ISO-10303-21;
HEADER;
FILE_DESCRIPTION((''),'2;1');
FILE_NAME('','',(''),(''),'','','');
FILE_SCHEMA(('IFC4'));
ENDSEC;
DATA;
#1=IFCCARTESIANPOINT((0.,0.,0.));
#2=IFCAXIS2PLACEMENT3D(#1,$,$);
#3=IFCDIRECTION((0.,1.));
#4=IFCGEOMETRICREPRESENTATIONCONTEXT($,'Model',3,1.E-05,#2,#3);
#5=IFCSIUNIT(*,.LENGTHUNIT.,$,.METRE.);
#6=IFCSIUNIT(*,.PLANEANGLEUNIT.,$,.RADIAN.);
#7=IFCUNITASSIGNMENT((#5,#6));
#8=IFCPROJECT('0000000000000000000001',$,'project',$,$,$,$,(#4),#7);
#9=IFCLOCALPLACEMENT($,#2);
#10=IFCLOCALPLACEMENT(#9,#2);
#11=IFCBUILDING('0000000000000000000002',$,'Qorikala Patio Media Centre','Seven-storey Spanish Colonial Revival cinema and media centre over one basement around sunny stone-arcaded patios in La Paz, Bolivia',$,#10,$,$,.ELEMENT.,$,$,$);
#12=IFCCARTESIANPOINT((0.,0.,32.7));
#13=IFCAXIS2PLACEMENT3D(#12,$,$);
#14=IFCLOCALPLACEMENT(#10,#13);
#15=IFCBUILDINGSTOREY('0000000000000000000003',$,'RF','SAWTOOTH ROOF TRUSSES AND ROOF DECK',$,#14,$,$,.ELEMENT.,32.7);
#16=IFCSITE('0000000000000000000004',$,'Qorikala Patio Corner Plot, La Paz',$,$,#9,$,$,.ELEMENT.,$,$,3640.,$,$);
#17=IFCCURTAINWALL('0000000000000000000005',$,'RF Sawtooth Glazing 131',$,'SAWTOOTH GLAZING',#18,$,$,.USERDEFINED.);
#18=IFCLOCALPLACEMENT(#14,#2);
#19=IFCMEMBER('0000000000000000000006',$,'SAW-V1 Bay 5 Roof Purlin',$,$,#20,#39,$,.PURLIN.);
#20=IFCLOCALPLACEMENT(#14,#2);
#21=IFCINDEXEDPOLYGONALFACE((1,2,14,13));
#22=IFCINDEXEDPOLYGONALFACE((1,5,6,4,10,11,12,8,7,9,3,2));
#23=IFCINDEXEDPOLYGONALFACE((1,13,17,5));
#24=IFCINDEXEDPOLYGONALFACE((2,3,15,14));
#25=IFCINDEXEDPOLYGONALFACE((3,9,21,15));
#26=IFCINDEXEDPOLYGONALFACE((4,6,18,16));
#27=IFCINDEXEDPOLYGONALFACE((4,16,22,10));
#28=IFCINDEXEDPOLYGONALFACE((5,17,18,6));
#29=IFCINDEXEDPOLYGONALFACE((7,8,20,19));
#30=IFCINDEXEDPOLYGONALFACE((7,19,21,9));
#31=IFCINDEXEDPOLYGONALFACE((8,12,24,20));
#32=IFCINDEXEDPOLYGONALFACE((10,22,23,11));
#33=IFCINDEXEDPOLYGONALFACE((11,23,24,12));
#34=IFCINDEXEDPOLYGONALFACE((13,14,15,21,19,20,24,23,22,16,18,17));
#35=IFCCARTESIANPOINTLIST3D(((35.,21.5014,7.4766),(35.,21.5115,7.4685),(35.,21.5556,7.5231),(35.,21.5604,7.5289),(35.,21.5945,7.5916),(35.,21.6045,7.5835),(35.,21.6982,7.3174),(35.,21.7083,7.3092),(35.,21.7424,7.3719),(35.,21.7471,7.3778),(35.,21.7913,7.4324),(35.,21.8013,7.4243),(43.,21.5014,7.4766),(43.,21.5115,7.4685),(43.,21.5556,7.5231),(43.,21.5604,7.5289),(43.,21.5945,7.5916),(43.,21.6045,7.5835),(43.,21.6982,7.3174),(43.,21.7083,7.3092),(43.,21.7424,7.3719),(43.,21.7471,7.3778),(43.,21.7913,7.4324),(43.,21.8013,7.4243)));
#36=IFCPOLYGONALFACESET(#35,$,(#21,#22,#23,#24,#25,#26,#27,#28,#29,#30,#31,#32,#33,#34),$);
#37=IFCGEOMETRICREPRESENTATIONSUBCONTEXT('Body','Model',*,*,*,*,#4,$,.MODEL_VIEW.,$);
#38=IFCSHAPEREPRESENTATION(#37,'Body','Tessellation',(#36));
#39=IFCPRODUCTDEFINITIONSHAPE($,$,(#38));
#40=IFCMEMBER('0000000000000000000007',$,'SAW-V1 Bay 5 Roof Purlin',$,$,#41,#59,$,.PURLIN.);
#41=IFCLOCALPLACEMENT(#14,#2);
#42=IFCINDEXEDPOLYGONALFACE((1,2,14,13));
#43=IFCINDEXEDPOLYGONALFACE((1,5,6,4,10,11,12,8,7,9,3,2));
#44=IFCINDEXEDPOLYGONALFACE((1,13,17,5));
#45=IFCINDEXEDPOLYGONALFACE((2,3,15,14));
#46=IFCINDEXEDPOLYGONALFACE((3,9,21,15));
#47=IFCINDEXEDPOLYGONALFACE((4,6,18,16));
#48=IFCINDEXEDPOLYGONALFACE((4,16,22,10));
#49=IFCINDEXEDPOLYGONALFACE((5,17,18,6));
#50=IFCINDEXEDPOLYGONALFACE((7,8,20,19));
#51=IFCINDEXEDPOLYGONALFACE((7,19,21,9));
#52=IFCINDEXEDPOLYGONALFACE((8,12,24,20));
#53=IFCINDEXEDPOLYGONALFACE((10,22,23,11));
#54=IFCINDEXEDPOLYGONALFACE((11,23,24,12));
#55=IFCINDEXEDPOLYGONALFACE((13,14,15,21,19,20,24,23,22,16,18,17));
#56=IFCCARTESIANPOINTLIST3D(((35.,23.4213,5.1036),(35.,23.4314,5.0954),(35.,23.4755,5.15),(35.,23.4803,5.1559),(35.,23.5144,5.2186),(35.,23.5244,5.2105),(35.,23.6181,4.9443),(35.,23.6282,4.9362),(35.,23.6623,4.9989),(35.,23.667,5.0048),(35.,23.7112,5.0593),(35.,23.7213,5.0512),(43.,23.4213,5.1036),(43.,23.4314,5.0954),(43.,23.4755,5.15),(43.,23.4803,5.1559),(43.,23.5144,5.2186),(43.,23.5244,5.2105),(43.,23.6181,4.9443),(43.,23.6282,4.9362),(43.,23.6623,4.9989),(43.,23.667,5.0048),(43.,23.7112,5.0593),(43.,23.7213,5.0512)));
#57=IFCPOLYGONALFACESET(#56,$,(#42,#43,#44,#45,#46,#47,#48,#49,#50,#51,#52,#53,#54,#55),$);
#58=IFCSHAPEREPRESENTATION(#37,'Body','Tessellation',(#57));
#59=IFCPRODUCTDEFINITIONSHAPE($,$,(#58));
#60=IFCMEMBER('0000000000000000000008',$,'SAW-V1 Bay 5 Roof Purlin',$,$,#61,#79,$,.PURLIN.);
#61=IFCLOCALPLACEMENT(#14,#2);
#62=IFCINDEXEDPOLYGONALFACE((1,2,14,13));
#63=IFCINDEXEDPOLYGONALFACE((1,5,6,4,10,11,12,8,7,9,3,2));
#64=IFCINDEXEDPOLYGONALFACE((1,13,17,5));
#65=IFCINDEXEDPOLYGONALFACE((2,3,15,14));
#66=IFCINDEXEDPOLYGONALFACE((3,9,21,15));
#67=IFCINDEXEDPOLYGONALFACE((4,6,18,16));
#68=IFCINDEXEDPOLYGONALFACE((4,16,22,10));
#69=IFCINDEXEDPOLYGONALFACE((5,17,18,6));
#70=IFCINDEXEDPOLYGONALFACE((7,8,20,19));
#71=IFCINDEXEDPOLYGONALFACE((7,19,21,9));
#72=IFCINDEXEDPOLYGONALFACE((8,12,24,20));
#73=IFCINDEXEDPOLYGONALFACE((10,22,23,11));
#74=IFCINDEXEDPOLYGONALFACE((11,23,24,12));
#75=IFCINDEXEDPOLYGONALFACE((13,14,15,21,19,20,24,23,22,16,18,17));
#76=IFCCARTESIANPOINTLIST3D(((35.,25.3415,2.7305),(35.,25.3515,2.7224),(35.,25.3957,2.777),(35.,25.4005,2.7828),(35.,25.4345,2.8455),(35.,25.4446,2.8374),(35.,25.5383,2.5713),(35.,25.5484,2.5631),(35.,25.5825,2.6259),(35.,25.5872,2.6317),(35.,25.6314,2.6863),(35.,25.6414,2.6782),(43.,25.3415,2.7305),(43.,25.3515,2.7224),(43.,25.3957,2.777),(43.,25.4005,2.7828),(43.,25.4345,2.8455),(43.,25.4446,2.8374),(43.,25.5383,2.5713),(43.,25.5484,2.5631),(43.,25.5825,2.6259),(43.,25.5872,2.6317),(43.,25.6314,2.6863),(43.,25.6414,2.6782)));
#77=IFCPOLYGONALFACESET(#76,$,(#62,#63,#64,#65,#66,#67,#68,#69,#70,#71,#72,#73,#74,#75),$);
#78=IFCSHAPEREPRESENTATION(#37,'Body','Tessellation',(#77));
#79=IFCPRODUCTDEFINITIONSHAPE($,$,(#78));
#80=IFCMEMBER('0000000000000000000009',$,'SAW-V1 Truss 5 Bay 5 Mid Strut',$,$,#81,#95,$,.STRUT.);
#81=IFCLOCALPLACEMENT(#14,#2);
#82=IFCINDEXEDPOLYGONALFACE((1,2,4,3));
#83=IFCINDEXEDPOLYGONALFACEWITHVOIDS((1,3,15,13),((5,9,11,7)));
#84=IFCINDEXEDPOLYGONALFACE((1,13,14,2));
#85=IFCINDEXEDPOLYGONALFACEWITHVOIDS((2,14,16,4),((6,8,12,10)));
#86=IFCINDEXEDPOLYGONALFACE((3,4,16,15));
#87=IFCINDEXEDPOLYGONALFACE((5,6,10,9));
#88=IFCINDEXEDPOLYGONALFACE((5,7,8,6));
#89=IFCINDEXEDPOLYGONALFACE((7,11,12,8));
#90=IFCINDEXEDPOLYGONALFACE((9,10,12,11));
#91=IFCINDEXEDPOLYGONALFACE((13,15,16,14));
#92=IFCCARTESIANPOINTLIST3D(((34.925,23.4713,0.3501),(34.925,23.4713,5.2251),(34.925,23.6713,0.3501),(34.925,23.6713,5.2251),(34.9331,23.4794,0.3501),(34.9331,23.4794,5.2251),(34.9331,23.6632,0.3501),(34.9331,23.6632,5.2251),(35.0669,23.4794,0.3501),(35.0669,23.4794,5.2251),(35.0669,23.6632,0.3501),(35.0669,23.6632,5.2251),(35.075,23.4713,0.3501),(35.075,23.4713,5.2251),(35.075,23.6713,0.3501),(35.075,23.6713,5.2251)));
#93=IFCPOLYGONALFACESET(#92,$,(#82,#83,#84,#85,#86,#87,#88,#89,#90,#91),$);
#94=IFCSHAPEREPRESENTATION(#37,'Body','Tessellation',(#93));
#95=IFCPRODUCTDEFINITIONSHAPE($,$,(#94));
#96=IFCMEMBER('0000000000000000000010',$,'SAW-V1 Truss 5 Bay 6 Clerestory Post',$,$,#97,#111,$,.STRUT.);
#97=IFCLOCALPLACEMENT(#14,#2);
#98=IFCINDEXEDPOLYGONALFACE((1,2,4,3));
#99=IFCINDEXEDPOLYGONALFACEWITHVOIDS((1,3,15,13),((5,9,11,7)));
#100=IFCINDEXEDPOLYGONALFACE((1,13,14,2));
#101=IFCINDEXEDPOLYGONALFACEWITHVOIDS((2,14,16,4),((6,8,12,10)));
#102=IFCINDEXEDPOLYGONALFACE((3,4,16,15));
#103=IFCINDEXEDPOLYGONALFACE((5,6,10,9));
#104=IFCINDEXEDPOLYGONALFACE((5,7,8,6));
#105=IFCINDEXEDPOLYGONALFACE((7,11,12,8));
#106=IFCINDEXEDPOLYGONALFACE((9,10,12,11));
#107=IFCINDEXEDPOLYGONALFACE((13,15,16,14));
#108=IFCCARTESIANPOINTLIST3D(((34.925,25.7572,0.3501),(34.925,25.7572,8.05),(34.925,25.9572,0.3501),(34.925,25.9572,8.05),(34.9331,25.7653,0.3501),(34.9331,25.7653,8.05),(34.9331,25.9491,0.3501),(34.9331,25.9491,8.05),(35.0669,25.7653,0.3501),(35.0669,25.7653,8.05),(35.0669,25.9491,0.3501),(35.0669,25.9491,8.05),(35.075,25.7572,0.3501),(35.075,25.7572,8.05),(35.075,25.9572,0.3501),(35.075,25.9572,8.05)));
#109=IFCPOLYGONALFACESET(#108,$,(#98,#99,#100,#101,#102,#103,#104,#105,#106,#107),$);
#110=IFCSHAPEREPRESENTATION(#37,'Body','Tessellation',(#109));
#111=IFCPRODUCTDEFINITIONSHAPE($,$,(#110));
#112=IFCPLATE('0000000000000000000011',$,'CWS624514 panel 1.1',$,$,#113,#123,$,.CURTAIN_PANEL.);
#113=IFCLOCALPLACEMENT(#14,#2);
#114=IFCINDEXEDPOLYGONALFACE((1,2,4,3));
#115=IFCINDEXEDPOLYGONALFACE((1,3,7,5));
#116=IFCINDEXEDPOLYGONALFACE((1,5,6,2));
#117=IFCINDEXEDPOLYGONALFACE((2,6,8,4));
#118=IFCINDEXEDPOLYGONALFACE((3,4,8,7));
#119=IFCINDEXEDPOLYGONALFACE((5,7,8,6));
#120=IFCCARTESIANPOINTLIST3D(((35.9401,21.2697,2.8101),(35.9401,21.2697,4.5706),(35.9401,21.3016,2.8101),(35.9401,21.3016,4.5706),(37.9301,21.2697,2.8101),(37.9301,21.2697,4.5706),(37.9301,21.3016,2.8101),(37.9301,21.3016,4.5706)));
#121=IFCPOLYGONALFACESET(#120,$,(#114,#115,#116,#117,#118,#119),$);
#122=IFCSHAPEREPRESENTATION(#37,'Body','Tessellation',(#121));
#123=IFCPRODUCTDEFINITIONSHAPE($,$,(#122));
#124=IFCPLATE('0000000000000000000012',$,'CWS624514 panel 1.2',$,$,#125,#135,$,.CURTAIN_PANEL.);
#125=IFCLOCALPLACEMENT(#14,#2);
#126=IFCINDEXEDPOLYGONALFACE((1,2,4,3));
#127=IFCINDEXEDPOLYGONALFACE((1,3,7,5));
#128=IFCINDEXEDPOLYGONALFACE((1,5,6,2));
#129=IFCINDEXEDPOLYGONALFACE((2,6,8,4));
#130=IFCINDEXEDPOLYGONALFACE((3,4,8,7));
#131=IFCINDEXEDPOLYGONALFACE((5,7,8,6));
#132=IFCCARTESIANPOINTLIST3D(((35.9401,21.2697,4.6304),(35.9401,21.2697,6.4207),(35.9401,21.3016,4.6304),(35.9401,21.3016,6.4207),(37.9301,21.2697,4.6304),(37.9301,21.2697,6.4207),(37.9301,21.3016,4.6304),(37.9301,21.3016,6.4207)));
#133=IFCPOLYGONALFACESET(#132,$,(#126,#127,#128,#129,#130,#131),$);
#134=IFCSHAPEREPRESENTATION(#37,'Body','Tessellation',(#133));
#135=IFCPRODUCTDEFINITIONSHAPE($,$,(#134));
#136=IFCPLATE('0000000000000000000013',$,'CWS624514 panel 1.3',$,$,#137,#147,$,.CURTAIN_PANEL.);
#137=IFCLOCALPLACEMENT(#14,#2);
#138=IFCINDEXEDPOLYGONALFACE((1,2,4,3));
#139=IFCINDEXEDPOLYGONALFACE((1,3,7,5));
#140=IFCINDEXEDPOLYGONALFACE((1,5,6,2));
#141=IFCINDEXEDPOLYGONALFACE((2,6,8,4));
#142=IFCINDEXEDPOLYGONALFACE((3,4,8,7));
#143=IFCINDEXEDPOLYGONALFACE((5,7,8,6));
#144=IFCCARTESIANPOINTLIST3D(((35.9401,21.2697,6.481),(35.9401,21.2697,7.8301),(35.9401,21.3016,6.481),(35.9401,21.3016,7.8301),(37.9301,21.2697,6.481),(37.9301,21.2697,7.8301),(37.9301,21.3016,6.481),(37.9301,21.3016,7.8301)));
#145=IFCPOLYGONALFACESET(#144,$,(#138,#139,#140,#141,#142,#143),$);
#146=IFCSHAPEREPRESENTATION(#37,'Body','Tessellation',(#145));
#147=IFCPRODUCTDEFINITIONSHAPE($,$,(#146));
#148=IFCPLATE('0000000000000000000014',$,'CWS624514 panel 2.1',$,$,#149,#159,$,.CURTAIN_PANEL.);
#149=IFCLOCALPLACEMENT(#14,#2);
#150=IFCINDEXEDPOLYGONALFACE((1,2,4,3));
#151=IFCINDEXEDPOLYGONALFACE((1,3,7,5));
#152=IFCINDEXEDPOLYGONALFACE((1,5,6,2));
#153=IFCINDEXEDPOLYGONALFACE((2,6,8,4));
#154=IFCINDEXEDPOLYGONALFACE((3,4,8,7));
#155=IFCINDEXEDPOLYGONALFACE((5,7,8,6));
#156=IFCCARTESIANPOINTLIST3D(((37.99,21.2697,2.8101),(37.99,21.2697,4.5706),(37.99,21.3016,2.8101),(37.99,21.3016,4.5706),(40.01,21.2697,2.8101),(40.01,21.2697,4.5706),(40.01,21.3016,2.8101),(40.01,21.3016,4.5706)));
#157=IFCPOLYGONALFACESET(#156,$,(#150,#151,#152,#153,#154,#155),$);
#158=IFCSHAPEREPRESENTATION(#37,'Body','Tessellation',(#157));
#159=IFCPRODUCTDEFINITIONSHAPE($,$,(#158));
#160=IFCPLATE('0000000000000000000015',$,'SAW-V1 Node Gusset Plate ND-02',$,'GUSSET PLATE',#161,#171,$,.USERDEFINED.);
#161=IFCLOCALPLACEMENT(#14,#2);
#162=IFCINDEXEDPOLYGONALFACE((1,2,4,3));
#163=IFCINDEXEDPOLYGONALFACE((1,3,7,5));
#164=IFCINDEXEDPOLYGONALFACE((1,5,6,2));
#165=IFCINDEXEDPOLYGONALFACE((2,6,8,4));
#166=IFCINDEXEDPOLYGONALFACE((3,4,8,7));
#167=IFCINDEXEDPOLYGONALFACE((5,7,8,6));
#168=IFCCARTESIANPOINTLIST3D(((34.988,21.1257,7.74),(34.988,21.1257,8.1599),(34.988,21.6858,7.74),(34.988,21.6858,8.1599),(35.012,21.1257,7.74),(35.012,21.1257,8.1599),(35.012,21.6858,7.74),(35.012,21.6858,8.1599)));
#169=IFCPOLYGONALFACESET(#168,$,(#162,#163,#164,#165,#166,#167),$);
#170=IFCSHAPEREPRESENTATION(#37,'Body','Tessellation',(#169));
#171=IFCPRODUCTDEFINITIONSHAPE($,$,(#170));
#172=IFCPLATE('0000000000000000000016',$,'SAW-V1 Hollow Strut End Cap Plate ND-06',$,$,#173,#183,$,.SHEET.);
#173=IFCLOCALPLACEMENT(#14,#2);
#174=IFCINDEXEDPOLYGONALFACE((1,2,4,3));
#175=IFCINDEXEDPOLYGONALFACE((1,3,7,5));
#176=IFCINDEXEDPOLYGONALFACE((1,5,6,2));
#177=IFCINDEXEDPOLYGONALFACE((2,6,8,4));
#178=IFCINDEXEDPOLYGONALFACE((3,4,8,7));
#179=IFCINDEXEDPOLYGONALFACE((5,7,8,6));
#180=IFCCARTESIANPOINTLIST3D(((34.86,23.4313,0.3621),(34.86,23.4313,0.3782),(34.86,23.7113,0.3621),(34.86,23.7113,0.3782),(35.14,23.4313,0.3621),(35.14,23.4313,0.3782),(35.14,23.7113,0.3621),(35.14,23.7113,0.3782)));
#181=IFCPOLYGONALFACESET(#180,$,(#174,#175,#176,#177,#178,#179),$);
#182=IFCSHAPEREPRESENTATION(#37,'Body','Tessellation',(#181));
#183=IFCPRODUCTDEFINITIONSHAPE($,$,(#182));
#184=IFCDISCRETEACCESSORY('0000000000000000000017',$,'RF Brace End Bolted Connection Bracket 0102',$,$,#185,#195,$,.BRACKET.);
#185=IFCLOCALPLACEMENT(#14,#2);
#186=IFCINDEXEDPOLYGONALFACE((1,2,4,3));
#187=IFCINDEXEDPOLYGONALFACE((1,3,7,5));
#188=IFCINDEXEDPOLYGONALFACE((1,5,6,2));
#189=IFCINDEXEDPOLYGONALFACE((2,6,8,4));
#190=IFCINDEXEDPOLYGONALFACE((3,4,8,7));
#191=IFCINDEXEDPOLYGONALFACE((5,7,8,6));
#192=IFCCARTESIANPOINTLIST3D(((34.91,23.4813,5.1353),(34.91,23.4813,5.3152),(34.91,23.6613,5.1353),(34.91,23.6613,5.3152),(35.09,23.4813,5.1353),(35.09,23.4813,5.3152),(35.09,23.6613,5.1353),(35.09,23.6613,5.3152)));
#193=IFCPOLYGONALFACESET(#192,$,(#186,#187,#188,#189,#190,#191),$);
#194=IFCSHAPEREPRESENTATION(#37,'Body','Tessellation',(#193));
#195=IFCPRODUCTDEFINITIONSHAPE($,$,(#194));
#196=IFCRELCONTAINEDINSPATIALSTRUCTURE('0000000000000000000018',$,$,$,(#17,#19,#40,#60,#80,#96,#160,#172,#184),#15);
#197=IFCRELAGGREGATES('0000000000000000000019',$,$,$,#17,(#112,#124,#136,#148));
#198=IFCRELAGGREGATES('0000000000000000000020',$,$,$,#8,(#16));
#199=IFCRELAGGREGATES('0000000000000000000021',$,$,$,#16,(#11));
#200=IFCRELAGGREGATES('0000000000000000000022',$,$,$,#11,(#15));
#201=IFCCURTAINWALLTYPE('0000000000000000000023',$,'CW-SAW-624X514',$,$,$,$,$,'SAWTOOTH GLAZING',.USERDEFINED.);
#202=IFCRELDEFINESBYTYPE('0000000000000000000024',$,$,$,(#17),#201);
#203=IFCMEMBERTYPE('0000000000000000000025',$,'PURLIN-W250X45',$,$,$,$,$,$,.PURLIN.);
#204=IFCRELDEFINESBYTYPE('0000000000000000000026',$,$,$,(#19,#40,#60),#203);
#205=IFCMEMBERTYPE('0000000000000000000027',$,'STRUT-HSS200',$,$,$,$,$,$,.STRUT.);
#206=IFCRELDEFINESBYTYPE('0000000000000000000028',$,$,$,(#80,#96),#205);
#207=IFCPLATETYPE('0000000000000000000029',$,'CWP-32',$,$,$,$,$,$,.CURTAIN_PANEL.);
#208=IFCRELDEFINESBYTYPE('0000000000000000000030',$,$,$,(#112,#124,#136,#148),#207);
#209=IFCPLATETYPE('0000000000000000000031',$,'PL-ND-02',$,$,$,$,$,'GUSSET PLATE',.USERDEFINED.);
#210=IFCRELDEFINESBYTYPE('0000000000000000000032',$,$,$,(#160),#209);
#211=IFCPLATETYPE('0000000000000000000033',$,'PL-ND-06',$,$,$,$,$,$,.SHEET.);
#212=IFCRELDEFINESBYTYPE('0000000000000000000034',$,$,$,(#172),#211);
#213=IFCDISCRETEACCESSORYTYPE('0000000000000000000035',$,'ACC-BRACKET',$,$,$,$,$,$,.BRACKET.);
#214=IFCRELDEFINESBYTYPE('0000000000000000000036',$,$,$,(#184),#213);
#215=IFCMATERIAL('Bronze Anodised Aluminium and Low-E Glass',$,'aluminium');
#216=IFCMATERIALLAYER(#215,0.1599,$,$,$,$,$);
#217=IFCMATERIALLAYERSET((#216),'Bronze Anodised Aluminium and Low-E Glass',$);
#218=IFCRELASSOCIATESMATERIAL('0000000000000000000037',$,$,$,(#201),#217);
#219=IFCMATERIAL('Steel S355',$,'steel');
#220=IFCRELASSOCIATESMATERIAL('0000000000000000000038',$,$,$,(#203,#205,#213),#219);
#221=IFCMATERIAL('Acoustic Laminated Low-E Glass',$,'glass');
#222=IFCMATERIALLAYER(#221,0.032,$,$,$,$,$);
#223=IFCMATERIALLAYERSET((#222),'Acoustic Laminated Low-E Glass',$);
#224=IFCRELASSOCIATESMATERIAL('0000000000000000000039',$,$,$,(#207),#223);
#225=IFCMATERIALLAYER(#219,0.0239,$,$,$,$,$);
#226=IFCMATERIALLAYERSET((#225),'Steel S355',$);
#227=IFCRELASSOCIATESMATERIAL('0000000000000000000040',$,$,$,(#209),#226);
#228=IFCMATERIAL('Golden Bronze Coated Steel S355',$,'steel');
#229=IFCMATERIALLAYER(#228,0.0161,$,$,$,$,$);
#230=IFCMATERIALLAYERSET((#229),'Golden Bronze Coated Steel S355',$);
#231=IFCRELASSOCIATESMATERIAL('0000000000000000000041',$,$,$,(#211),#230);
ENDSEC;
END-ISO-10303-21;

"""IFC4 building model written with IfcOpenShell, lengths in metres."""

from ifc_helpers import new_model, si_unit, direction, frame, origin, origin_2d, place, context, subcontext, project, spatial, rectangle, hollow_rectangle, i_section, extrude, material, layer, layer_set, material_profile, profile_set, type_object, element, aggregate, save


model = new_model("IFC4")

# Units and contexts
model_context = context("Model", 3, precision=1e-05, world=origin(), true_north=direction((0.0, 1.0)))
body_context = subcontext(model_context, "Body", "Model", "MODEL_VIEW")
ifc_project = project(units=[si_unit("LENGTHUNIT", "METRE"), si_unit("PLANEANGLEUNIT", "RADIAN")], contexts=[model_context])

# Site, building, storey
site_placement = place(None, origin())
site = spatial("IfcSite", under=ifc_project, at=site_placement, Name="Qorikala Patio Corner Plot, La Paz", CompositionType="ELEMENT", RefElevation=3640.0)
building_placement = place(site_placement, origin())
building = spatial("IfcBuilding", under=site, at=building_placement, Name="Qorikala Patio Media Centre", Description="Seven-storey Spanish Colonial Revival cinema and media centre over one basement around sunny stone-arcaded patios in La Paz, Bolivia", CompositionType="ELEMENT")
storey_placement = place(building_placement, frame((0.0, 0.0, 32.7)))
storey = spatial("IfcBuildingStorey", under=building, at=storey_placement, Name="RF", Description="SAWTOOTH ROOF TRUSSES AND ROOF DECK", CompositionType="ELEMENT", Elevation=32.7)

# Shared definitions
ifc_material_1 = material(Name="Steel S355", Category="steel")

# Curtain wall
ifc_material_2 = material(Name="Bronze Anodised Aluminium and Low-E Glass", Category="aluminium")
ifc_layer_1 = layer(ifc_material_2, 0.1599)
ifc_layer_set_1 = layer_set([ifc_layer_1], Name="Bronze Anodised Aluminium and Low-E Glass")
curtain_wall_type = type_object("IfcCurtainWallType", Name="CW-SAW-624X514", ElementType="SAWTOOTH GLAZING", PredefinedType="USERDEFINED", material=ifc_layer_set_1)
curtain_wall_placement = place(storey_placement, origin())
curtain_wall = element("IfcCurtainWall", 1, at=curtain_wall_placement, inside=storey, type_object=curtain_wall_type, Name="RF Sawtooth Glazing 131", ObjectType="SAWTOOTH GLAZING", PredefinedType="USERDEFINED")

# Members
ifc_material_profile_1 = material_profile(ifc_material_1, i_section(OverallWidth=0.1479, OverallDepth=0.2661, WebThickness=0.0076, FlangeThickness=0.0129, at=origin_2d()), Name="W250X45")
ifc_profile_set_1 = profile_set([ifc_material_profile_1], Name="Steel S355")
member_type_1 = type_object("IfcMemberType", Name="PURLIN-W250X45", PredefinedType="PURLIN", material=ifc_profile_set_1)
for number, where, z_axis, x_axis, name in (
    (2, (35.0, 21.6514, 7.4504), (1.0, 0.0, 0.0), (0.0, 0.628995, 0.77741), "SAW-V1 Bay 5 Roof Purlin"),
    (3, (35.0, 23.5713, 5.0774), (1.0, 0.0, 0.0), (0.0, 0.628995, 0.77741), "SAW-V1 Bay 5 Roof Purlin"),
    (4, (35.0, 25.4915, 2.7043), (1.0, 0.0, 0.0), (0.0, 0.628995, 0.77741), "SAW-V1 Bay 5 Roof Purlin"),
):
    element("IfcMember", number, at=place(storey_placement, frame(where, z_axis=z_axis, x_axis=x_axis)), inside=storey, type_object=member_type_1, Name=name, PredefinedType="PURLIN", context=body_context, shape_type="SweptSolid", body=[
        extrude(i_section(OverallWidth=0.1479, OverallDepth=0.2661, WebThickness=0.0076, FlangeThickness=0.0129, at=origin_2d()), origin(), (0.0, 0.0, 1.0), 8.0),
    ])
ifc_material_profile_2 = material_profile(ifc_material_1, hollow_rectangle(XDim=0.1499, YDim=0.2, WallThickness=0.0081, at=origin_2d()), Name="HSS200X150X8")
ifc_profile_set_2 = profile_set([ifc_material_profile_2], Name="Steel S355")
member_type_2 = type_object("IfcMemberType", Name="STRUT-HSS200", PredefinedType="STRUT", material=ifc_profile_set_2)
member_1_placement = place(storey_placement, frame((35.0, 23.5713, 0.3501), z_axis=(0.0, 0.0, 1.0), x_axis=(1.0, 0.0, 0.0)))
element("IfcMember", 5, at=member_1_placement, inside=storey, type_object=member_type_2, Name="SAW-V1 Truss 5 Bay 5 Mid Strut", PredefinedType="STRUT", context=body_context, shape_type="SweptSolid", body=[
    extrude(hollow_rectangle(XDim=0.1499, YDim=0.2, WallThickness=0.0081, at=origin_2d()), origin(), (0.0, 0.0, 1.0), 4.875),
])
member_2_placement = place(storey_placement, frame((35.0, 25.8572, 0.3501), z_axis=(0.0, 0.0, 1.0), x_axis=(1.0, 0.0, 0.0)))
element("IfcMember", 6, at=member_2_placement, inside=storey, type_object=member_type_2, Name="SAW-V1 Truss 5 Bay 6 Clerestory Post", PredefinedType="STRUT", context=body_context, shape_type="SweptSolid", body=[
    extrude(hollow_rectangle(XDim=0.1499, YDim=0.2, WallThickness=0.0081, at=origin_2d()), origin(), (0.0, 0.0, 1.0), 7.7),
])

# Plates
ifc_material_3 = material(Name="Acoustic Laminated Low-E Glass", Category="glass")
ifc_layer_2 = layer(ifc_material_3, 0.032)
ifc_layer_set_2 = layer_set([ifc_layer_2], Name="Acoustic Laminated Low-E Glass")
plate_type_1 = type_object("IfcPlateType", Name="CWP-32", PredefinedType="CURTAIN_PANEL", material=ifc_layer_set_2)
plate_1_placement = place(storey_placement, frame((36.9351, 21.2856, 2.8101), z_axis=(0.0, 0.0, 1.0), x_axis=(1.0, 0.0, 0.0)))
plate_1 = element("IfcPlate", 7, at=plate_1_placement, type_object=plate_type_1, Name="CWS624514 panel 1.1", PredefinedType="CURTAIN_PANEL", context=body_context, shape_type="SweptSolid", body=[
    extrude(rectangle(XDim=1.99, YDim=0.032, at=origin_2d()), origin(), (0.0, 0.0, 1.0), 1.7605),
])
plate_2_placement = place(storey_placement, frame((36.9351, 21.2856, 4.6304), z_axis=(0.0, 0.0, 1.0), x_axis=(1.0, 0.0, 0.0)))
plate_2 = element("IfcPlate", 8, at=plate_2_placement, type_object=plate_type_1, Name="CWS624514 panel 1.2", PredefinedType="CURTAIN_PANEL", context=body_context, shape_type="SweptSolid", body=[
    extrude(rectangle(XDim=1.99, YDim=0.032, at=origin_2d()), origin(), (0.0, 0.0, 1.0), 1.7903),
])
plate_3_placement = place(storey_placement, frame((36.9351, 21.2856, 6.481), z_axis=(0.0, 0.0, 1.0), x_axis=(1.0, 0.0, 0.0)))
plate_3 = element("IfcPlate", 9, at=plate_3_placement, type_object=plate_type_1, Name="CWS624514 panel 1.3", PredefinedType="CURTAIN_PANEL", context=body_context, shape_type="SweptSolid", body=[
    extrude(rectangle(XDim=1.99, YDim=0.032, at=origin_2d()), origin(), (0.0, 0.0, 1.0), 1.3491),
])
plate_4_placement = place(storey_placement, frame((39.0, 21.2856, 2.8101), z_axis=(0.0, 0.0, 1.0), x_axis=(1.0, 0.0, 0.0)))
plate_4 = element("IfcPlate", 10, at=plate_4_placement, type_object=plate_type_1, Name="CWS624514 panel 2.1", PredefinedType="CURTAIN_PANEL", context=body_context, shape_type="SweptSolid", body=[
    extrude(rectangle(XDim=2.02, YDim=0.032, at=origin_2d()), origin(), (0.0, 0.0, 1.0), 1.7605),
])
aggregate(curtain_wall, [plate_1, plate_2, plate_3, plate_4])

# Plates
ifc_layer_3 = layer(ifc_material_1, 0.0239)
ifc_layer_set_3 = layer_set([ifc_layer_3], Name="Steel S355")
plate_type_2 = type_object("IfcPlateType", Name="PL-ND-02", ElementType="GUSSET PLATE", PredefinedType="USERDEFINED", material=ifc_layer_set_3)
plate_5_placement = place(storey_placement, frame((35.0, 21.4058, 7.74), z_axis=(0.0, 0.0, 1.0), x_axis=(1.0, 0.0, 0.0)))
element("IfcPlate", 11, at=plate_5_placement, inside=storey, type_object=plate_type_2, Name="SAW-V1 Node Gusset Plate ND-02", ObjectType="GUSSET PLATE", PredefinedType="USERDEFINED", context=body_context, shape_type="SweptSolid", body=[
    extrude(rectangle(XDim=0.0239, YDim=0.5601, at=origin_2d()), origin(), (0.0, 0.0, 1.0), 0.4199),
])
ifc_material_4 = material(Name="Golden Bronze Coated Steel S355", Category="steel")
ifc_layer_4 = layer(ifc_material_4, 0.0161)
ifc_layer_set_4 = layer_set([ifc_layer_4], Name="Golden Bronze Coated Steel S355")
plate_type_3 = type_object("IfcPlateType", Name="PL-ND-06", PredefinedType="SHEET", material=ifc_layer_set_4)
plate_6_placement = place(storey_placement, frame((35.0, 23.5713, 0.3621), z_axis=(0.0, 0.0, 1.0), x_axis=(1.0, 0.0, 0.0)))
element("IfcPlate", 12, at=plate_6_placement, inside=storey, type_object=plate_type_3, Name="SAW-V1 Hollow Strut End Cap Plate ND-06", PredefinedType="SHEET", context=body_context, shape_type="SweptSolid", body=[
    extrude(rectangle(XDim=0.28, YDim=0.28, at=origin_2d()), origin(), (0.0, 0.0, 1.0), 0.0161),
])

# Discrete accessory
discrete_accessory_type = type_object("IfcDiscreteAccessoryType", Name="ACC-BRACKET", PredefinedType="BRACKET", material=ifc_material_1)
discrete_accessory_placement = place(storey_placement, frame((35.0, 23.5713, 5.1353), z_axis=(0.0, 0.0, 1.0), x_axis=(1.0, 0.0, 0.0)))
element("IfcDiscreteAccessory", 13, at=discrete_accessory_placement, inside=storey, type_object=discrete_accessory_type, Name="RF Brace End Bolted Connection Bracket 0102", PredefinedType="BRACKET", context=body_context, shape_type="SweptSolid", body=[
    extrude(rectangle(XDim=0.1799, YDim=0.1799, at=origin_2d()), origin(), (0.0, 0.0, 1.0), 0.1799),
])

save(model, "model.ifc")
